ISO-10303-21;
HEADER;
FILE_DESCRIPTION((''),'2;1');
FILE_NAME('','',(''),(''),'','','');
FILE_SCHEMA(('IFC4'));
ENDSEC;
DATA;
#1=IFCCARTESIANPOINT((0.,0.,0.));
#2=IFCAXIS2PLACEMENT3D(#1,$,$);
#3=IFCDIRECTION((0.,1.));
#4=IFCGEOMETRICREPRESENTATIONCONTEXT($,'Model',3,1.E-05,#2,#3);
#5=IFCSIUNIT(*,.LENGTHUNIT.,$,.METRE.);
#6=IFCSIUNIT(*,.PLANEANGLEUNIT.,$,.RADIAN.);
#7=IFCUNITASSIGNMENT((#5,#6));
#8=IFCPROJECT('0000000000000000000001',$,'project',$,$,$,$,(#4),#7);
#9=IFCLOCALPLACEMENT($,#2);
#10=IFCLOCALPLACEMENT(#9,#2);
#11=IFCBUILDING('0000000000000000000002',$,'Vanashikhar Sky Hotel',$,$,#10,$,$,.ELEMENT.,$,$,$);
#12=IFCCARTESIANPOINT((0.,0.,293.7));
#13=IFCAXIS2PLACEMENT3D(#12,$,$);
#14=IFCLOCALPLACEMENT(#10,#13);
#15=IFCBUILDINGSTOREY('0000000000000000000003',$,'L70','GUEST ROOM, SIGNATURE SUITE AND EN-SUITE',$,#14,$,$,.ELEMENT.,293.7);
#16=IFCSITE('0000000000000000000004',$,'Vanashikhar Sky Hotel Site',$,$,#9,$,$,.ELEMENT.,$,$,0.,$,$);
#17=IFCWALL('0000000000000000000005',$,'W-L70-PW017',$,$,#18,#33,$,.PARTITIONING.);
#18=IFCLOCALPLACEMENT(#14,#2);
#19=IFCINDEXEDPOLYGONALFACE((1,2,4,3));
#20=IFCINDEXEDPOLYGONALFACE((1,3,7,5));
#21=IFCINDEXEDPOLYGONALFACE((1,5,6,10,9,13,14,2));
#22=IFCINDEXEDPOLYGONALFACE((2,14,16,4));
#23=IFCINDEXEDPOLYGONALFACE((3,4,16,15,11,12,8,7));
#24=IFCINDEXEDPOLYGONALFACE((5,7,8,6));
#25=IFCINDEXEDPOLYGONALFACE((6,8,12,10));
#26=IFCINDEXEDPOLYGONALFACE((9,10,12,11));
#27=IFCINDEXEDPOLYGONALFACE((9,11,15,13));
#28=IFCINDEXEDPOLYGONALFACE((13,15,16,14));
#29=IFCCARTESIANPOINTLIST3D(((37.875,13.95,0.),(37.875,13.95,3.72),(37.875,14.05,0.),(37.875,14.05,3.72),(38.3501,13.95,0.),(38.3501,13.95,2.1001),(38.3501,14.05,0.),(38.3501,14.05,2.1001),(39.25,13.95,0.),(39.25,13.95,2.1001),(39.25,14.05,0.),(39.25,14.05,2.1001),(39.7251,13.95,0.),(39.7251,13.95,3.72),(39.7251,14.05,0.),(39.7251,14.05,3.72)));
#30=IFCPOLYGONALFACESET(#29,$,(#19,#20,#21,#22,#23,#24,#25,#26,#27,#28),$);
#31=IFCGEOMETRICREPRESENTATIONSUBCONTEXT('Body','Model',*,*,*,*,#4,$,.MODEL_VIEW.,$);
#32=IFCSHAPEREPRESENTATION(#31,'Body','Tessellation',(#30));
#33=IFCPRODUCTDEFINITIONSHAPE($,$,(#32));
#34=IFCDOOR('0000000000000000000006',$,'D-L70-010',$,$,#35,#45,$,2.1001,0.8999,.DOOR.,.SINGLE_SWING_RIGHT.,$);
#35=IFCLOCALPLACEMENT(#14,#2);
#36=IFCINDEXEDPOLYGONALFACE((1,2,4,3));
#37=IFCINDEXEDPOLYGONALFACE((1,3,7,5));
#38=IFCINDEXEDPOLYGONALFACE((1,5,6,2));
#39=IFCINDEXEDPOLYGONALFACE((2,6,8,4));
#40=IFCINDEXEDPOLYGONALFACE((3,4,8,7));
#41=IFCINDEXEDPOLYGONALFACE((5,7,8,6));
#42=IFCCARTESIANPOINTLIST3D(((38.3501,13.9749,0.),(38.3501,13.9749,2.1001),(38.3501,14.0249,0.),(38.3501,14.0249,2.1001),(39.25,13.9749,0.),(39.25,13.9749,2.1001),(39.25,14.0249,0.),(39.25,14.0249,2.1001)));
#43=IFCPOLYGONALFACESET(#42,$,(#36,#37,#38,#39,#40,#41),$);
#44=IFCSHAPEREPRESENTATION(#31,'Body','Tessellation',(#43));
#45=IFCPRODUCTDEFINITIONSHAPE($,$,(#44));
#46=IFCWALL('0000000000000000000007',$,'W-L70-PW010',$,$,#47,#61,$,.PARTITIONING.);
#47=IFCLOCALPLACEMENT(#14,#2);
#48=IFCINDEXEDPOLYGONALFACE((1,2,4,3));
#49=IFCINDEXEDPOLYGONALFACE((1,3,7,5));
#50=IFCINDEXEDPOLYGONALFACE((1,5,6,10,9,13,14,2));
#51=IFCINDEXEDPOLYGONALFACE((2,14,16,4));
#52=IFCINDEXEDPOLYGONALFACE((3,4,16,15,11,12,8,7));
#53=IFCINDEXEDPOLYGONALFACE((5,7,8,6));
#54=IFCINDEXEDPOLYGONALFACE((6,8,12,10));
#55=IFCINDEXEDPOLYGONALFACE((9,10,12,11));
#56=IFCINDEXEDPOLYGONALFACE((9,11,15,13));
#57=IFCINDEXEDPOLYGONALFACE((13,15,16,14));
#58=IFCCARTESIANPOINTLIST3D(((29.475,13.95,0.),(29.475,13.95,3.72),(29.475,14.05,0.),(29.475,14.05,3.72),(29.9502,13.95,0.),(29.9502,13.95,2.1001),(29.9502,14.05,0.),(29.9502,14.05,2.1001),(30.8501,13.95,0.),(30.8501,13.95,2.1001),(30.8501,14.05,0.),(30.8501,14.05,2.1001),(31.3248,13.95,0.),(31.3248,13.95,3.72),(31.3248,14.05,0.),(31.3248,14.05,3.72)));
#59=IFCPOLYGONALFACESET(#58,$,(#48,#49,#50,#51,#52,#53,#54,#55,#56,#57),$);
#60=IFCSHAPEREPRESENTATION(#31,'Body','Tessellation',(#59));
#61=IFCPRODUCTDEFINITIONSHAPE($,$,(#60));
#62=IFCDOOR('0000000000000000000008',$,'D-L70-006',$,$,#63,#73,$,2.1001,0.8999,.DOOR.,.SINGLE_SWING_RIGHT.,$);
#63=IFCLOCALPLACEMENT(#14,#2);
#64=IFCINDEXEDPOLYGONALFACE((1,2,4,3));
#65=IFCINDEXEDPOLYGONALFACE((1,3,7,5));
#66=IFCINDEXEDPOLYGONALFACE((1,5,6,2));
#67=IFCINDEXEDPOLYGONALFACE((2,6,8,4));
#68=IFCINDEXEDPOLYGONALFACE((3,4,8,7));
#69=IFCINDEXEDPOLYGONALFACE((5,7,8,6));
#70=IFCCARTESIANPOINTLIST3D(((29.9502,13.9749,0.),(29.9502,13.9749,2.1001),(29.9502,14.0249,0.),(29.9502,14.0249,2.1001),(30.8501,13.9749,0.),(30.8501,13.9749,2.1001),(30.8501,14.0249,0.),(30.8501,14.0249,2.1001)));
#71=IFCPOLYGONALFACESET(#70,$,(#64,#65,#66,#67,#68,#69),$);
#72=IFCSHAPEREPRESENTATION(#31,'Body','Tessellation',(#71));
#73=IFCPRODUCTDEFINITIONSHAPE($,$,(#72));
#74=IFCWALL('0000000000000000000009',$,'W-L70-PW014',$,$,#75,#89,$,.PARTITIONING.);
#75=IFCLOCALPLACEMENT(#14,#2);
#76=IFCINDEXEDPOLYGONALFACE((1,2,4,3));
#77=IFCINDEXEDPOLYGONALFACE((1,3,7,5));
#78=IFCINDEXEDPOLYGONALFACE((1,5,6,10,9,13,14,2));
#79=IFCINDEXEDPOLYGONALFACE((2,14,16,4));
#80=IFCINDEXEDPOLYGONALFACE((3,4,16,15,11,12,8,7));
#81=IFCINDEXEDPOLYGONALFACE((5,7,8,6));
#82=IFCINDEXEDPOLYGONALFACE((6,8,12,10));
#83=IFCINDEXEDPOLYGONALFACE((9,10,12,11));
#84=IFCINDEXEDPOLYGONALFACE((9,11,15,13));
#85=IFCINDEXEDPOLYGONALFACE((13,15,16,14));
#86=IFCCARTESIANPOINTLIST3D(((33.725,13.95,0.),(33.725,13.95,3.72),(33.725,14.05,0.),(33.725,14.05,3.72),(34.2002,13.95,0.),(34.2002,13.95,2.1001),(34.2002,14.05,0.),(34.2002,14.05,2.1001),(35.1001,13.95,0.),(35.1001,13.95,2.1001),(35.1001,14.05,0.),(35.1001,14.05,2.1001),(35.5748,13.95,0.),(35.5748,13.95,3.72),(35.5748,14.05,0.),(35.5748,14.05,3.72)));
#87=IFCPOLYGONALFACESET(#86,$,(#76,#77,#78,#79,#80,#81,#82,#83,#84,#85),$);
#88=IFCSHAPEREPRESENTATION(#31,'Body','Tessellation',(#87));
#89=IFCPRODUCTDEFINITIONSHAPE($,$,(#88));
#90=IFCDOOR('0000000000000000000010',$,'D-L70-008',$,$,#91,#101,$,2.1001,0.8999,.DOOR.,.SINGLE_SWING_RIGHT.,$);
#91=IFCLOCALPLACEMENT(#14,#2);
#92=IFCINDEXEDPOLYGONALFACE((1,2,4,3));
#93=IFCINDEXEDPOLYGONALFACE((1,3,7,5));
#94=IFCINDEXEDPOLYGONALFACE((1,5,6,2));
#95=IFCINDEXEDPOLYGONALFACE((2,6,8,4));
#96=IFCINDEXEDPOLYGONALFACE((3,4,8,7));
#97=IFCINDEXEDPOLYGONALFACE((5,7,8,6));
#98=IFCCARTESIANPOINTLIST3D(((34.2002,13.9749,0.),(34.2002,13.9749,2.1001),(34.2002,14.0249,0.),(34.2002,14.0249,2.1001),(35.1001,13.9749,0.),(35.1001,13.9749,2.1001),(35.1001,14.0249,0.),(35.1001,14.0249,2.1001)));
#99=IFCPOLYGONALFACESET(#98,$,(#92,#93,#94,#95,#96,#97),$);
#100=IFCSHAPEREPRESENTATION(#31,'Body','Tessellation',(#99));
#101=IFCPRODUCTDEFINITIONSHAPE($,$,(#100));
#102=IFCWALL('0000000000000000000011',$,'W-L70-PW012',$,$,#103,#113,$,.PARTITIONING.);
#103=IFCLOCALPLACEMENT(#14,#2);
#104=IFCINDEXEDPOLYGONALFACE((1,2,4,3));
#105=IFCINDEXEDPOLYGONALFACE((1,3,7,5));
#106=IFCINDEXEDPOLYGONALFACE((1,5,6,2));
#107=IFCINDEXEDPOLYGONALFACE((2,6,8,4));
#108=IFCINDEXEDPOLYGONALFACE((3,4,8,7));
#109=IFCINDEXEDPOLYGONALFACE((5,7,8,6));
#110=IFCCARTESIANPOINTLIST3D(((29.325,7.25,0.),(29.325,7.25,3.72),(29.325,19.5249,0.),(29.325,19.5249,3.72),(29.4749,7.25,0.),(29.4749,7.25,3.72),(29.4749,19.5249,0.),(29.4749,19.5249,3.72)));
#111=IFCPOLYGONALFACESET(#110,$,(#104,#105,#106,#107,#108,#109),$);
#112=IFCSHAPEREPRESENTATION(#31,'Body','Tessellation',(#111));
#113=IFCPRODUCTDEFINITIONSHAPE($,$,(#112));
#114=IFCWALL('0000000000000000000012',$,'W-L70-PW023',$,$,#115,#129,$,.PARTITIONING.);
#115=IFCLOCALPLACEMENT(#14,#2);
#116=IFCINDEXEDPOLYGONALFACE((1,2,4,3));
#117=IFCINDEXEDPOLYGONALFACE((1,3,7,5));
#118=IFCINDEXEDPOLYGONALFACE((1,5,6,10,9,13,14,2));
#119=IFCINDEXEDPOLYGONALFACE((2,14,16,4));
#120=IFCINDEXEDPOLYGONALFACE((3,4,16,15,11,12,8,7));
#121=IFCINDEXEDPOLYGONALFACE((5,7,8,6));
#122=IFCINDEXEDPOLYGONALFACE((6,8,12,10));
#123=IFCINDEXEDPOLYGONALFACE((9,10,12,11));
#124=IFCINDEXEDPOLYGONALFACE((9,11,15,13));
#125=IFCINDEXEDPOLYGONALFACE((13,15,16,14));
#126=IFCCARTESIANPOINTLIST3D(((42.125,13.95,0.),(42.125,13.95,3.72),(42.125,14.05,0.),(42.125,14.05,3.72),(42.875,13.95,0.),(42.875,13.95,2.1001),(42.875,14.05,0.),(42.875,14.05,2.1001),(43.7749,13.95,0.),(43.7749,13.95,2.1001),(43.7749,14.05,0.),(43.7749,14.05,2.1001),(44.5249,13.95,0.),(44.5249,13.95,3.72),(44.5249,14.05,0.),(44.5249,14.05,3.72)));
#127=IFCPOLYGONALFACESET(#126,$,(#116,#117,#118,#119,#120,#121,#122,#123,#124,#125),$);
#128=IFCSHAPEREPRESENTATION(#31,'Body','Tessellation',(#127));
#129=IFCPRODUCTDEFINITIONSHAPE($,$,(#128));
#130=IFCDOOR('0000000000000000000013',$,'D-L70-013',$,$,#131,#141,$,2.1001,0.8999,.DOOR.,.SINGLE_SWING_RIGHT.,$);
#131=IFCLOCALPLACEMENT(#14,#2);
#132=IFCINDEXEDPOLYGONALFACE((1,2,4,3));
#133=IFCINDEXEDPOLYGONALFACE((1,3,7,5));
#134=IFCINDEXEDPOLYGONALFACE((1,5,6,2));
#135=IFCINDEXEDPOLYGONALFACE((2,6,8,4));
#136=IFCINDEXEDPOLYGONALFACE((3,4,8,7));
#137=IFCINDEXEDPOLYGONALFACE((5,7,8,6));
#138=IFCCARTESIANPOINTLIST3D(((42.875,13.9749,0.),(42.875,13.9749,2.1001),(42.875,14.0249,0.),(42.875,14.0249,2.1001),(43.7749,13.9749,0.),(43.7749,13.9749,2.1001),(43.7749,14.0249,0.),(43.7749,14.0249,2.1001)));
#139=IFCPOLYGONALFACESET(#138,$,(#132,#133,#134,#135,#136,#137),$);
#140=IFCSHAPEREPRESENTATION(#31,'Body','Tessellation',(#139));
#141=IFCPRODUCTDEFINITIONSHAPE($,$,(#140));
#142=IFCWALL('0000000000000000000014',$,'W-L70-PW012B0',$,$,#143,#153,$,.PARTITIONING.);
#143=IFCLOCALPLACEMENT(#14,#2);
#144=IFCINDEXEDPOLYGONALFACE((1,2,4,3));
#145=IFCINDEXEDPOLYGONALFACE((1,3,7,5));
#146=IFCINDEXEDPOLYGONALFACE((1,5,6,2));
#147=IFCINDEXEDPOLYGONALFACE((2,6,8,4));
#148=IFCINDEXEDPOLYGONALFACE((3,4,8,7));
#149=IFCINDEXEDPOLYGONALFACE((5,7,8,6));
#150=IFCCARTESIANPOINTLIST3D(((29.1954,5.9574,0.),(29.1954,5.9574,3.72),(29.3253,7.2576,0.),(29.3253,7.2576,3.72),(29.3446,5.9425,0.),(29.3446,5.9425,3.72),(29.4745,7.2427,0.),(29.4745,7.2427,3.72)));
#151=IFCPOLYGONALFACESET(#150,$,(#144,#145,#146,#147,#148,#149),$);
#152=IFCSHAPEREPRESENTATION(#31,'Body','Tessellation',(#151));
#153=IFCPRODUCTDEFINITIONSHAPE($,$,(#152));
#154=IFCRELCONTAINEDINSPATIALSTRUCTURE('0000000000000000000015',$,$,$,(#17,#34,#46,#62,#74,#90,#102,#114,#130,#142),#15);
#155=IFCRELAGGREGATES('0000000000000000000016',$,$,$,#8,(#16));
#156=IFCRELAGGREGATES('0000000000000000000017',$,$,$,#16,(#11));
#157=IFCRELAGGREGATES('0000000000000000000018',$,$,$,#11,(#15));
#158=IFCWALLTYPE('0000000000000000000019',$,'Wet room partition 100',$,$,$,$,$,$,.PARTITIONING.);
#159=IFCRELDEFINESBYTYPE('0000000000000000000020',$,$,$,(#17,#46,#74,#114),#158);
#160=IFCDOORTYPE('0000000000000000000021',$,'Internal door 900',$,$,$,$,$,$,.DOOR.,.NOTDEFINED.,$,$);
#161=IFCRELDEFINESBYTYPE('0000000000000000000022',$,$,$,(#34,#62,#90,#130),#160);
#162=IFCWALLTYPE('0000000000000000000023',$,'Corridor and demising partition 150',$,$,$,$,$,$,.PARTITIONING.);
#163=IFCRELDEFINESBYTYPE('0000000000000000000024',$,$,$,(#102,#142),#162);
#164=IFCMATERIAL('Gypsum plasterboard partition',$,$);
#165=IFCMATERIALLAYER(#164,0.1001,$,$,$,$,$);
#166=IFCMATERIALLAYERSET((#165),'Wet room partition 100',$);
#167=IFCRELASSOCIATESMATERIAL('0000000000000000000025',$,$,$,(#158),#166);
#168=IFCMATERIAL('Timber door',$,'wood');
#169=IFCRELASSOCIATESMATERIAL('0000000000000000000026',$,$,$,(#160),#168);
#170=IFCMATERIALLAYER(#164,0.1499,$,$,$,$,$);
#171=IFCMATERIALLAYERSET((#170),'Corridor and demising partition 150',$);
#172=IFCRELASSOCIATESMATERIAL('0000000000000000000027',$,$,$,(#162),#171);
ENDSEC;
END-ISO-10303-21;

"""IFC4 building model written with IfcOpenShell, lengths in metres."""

from ifc_helpers import new_model, si_unit, direction, frame, frame_2d, origin, place, context, subcontext, project, spatial, rectangle, extrude, source, transform, mapped, material, layer, layer_set, type_object, element, fill, save


model = new_model("IFC4")

# Units and contexts
model_context = context("Model", 3, precision=1e-05, world=origin(), true_north=direction((0.0, 1.0)))
body_context = subcontext(model_context, "Body", "Model", "MODEL_VIEW")
ifc_project = project(units=[si_unit("LENGTHUNIT", "METRE"), si_unit("PLANEANGLEUNIT", "RADIAN")], contexts=[model_context])

# Site, building, storey
site_placement = place(None, origin())
site = spatial("IfcSite", under=ifc_project, at=site_placement, Name="Vanashikhar Sky Hotel Site", CompositionType="ELEMENT", RefElevation=0.0)
building_placement = place(site_placement, origin())
building = spatial("IfcBuilding", under=site, at=building_placement, Name="Vanashikhar Sky Hotel", CompositionType="ELEMENT")
storey_placement = place(building_placement, frame((0.0, 0.0, 293.7)))
storey = spatial("IfcBuildingStorey", under=building, at=storey_placement, Name="L70", Description="GUEST ROOM, SIGNATURE SUITE AND EN-SUITE", CompositionType="ELEMENT", Elevation=293.7)

# Shared definitions
ifc_material_1 = material(Name="Gypsum plasterboard partition")
ifc_layer_1 = layer(ifc_material_1, 0.1001)
ifc_layer_set_1 = layer_set([ifc_layer_1], Name="Wet room partition 100")
wall_type_1 = type_object("IfcWallType", Name="Wet room partition 100", PredefinedType="PARTITIONING", material=ifc_layer_set_1)

# Walls, openings, doors
shared_shape_1 = source(origin(), body_context, "Body", "SweptSolid", [
    extrude(rectangle(XDim=1.8501, YDim=0.1001, at=frame_2d((0.925, 0.0))), origin(), (0.0, 0.0, 1.0), 3.72),
])
shared_shape_2 = source(origin(), body_context, "Body", "SweptSolid", [
    extrude(rectangle(XDim=0.8999, YDim=2.1001, at=frame_2d((0.45, 1.05))), frame((0.0, 0.0601, 0.0), z_axis=(0.0, -1.0, 0.0), x_axis=(1.0, 0.0, 0.0)), (0.0, 0.0, 1.0), 0.1201),
])
ifc_material_2 = material(Name="Timber door", Category="wood")
door_type_1 = type_object("IfcDoorType", Name="Internal door 900", OperationType="NOTDEFINED", PredefinedType="DOOR", material=ifc_material_2)
shared_shape_3 = source(origin(), body_context, "Body", "SweptSolid", [
    extrude(rectangle(XDim=0.8999, YDim=2.1001, at=frame_2d((0.45, 1.05))), frame((0.0, 0.0249, 0.0), z_axis=(0.0, -1.0, 0.0), x_axis=(1.0, 0.0, 0.0)), (0.0, 0.0, 1.0), 0.05),
])
wall_1_placement = place(storey_placement, frame((37.875, 14.0, 0.0), z_axis=(0.0, 0.0, 1.0), x_axis=(1.0, 0.0, 0.0)))
wall_1 = element("IfcWall", 1, at=wall_1_placement, inside=storey, type_object=wall_type_1, Name="W-L70-PW017", PredefinedType="PARTITIONING", context=body_context, shape_type="MappedRepresentation", body=[
    mapped(shared_shape_1, transform((0.0, 0.0, 0.0), scale=1.0)),
])
opening_1_placement = place(wall_1_placement, frame((0.4751, 0.0, 0.0)))
opening_1 = element("IfcOpeningElement", 2, at=opening_1_placement, cuts=wall_1, PredefinedType="OPENING", context=body_context, shape_type="MappedRepresentation", body=[
    mapped(shared_shape_2, transform((0.0, 0.0, 0.0), scale=1.0)),
])
door_1_placement = place(opening_1_placement, origin())
door_1 = element("IfcDoor", 3, at=door_1_placement, inside=storey, type_object=door_type_1, Name="D-L70-010", OperationType="SINGLE_SWING_RIGHT", OverallHeight=2.1001, OverallWidth=0.8999, PredefinedType="DOOR", context=body_context, shape_type="MappedRepresentation", body=[
    mapped(shared_shape_3, transform((0.0, 0.0, 0.0), scale=1.0)),
])
fill(opening_1, door_1)
shared_shape_4 = source(origin(), body_context, "Body", "SweptSolid", [
    extrude(rectangle(XDim=1.8499, YDim=0.1001, at=frame_2d((0.9248, 0.0))), origin(), (0.0, 0.0, 1.0), 3.72),
])
wall_2_placement = place(storey_placement, frame((29.4751, 14.0, 0.0), z_axis=(0.0, 0.0, 1.0), x_axis=(1.0, 0.0, 0.0)))
wall_2 = element("IfcWall", 4, at=wall_2_placement, inside=storey, type_object=wall_type_1, Name="W-L70-PW010", PredefinedType="PARTITIONING", context=body_context, shape_type="MappedRepresentation", body=[
    mapped(shared_shape_4, transform((0.0, 0.0, 0.0), scale=1.0)),
])
opening_2_placement = place(wall_2_placement, frame((0.4751, 0.0, 0.0)))
opening_2 = element("IfcOpeningElement", 5, at=opening_2_placement, cuts=wall_2, PredefinedType="OPENING", context=body_context, shape_type="MappedRepresentation", body=[
    mapped(shared_shape_2, transform((0.0, 0.0, 0.0), scale=1.0)),
])
door_2_placement = place(opening_2_placement, origin())
door_2 = element("IfcDoor", 6, at=door_2_placement, inside=storey, type_object=door_type_1, Name="D-L70-006", OperationType="SINGLE_SWING_RIGHT", OverallHeight=2.1001, OverallWidth=0.8999, PredefinedType="DOOR", context=body_context, shape_type="MappedRepresentation", body=[
    mapped(shared_shape_3, transform((0.0, 0.0, 0.0), scale=1.0)),
])
fill(opening_2, door_2)
wall_3_placement = place(storey_placement, frame((33.7251, 14.0, 0.0), z_axis=(0.0, 0.0, 1.0), x_axis=(1.0, 0.0, 0.0)))
wall_3 = element("IfcWall", 7, at=wall_3_placement, inside=storey, type_object=wall_type_1, Name="W-L70-PW014", PredefinedType="PARTITIONING", context=body_context, shape_type="MappedRepresentation", body=[
    mapped(shared_shape_4, transform((0.0, 0.0, 0.0), scale=1.0)),
])
opening_3_placement = place(wall_3_placement, frame((0.4751, 0.0, 0.0)))
opening_3 = element("IfcOpeningElement", 8, at=opening_3_placement, cuts=wall_3, PredefinedType="OPENING", context=body_context, shape_type="MappedRepresentation", body=[
    mapped(shared_shape_2, transform((0.0, 0.0, 0.0), scale=1.0)),
])
door_3_placement = place(opening_3_placement, origin())
door_3 = element("IfcDoor", 9, at=door_3_placement, inside=storey, type_object=door_type_1, Name="D-L70-008", OperationType="SINGLE_SWING_RIGHT", OverallHeight=2.1001, OverallWidth=0.8999, PredefinedType="DOOR", context=body_context, shape_type="MappedRepresentation", body=[
    mapped(shared_shape_3, transform((0.0, 0.0, 0.0), scale=1.0)),
])
fill(opening_3, door_3)

# Wall
ifc_layer_2 = layer(ifc_material_1, 0.1499)
ifc_layer_set_2 = layer_set([ifc_layer_2], Name="Corridor and demising partition 150")
wall_type_2 = type_object("IfcWallType", Name="Corridor and demising partition 150", PredefinedType="PARTITIONING", material=ifc_layer_set_2)
shared_shape_5 = source(origin(), body_context, "Body", "SweptSolid", [
    extrude(rectangle(XDim=12.2749, YDim=0.1499, at=frame_2d((6.1375, 0.0))), origin(), (0.0, 0.0, 1.0), 3.72),
])
wall_4_placement = place(storey_placement, frame((29.3999, 7.25, 0.0), z_axis=(0.0, 0.0, 1.0), x_axis=(0.0, 1.0, 0.0)))
element("IfcWall", 10, at=wall_4_placement, inside=storey, type_object=wall_type_2, Name="W-L70-PW012", PredefinedType="PARTITIONING", context=body_context, shape_type="MappedRepresentation", body=[
    mapped(shared_shape_5, transform((0.0, 0.0, 0.0), scale=1.0)),
])

# Wall, opening, door
shared_shape_6 = source(origin(), body_context, "Body", "SweptSolid", [
    extrude(rectangle(XDim=2.3999, YDim=0.1001, at=frame_2d((1.2, 0.0))), origin(), (0.0, 0.0, 1.0), 3.72),
])
wall_5_placement = place(storey_placement, frame((42.125, 14.0, 0.0), z_axis=(0.0, 0.0, 1.0), x_axis=(1.0, 0.0, 0.0)))
wall_5 = element("IfcWall", 11, at=wall_5_placement, inside=storey, type_object=wall_type_1, Name="W-L70-PW023", PredefinedType="PARTITIONING", context=body_context, shape_type="MappedRepresentation", body=[
    mapped(shared_shape_6, transform((0.0, 0.0, 0.0), scale=1.0)),
])
opening_4_placement = place(wall_5_placement, frame((0.75, 0.0, 0.0)))
opening_4 = element("IfcOpeningElement", 12, at=opening_4_placement, cuts=wall_5, PredefinedType="OPENING", context=body_context, shape_type="MappedRepresentation", body=[
    mapped(shared_shape_2, transform((0.0, 0.0, 0.0), scale=1.0)),
])
door_4_placement = place(opening_4_placement, origin())
door_4 = element("IfcDoor", 13, at=door_4_placement, inside=storey, type_object=door_type_1, Name="D-L70-013", OperationType="SINGLE_SWING_RIGHT", OverallHeight=2.1001, OverallWidth=0.8999, PredefinedType="DOOR", context=body_context, shape_type="MappedRepresentation", body=[
    mapped(shared_shape_3, transform((0.0, 0.0, 0.0), scale=1.0)),
])
fill(opening_4, door_4)

# Wall
shared_shape_7 = source(origin(), body_context, "Body", "SweptSolid", [
    extrude(rectangle(XDim=1.3066, YDim=0.1499, at=frame_2d((0.6533, 0.0))), origin(), (0.0, 0.0, 1.0), 3.72),
])
wall_6_placement = place(storey_placement, frame((29.27, 5.95, 0.0), z_axis=(0.0, 0.0, 1.0), x_axis=(0.099411, 0.995046, 0.0)))
element("IfcWall", 14, at=wall_6_placement, inside=storey, type_object=wall_type_2, Name="W-L70-PW012B0", PredefinedType="PARTITIONING", context=body_context, shape_type="MappedRepresentation", body=[
    mapped(shared_shape_7, transform((0.0, 0.0, 0.0), scale=1.0)),
])

save(model, "model.ifc")
